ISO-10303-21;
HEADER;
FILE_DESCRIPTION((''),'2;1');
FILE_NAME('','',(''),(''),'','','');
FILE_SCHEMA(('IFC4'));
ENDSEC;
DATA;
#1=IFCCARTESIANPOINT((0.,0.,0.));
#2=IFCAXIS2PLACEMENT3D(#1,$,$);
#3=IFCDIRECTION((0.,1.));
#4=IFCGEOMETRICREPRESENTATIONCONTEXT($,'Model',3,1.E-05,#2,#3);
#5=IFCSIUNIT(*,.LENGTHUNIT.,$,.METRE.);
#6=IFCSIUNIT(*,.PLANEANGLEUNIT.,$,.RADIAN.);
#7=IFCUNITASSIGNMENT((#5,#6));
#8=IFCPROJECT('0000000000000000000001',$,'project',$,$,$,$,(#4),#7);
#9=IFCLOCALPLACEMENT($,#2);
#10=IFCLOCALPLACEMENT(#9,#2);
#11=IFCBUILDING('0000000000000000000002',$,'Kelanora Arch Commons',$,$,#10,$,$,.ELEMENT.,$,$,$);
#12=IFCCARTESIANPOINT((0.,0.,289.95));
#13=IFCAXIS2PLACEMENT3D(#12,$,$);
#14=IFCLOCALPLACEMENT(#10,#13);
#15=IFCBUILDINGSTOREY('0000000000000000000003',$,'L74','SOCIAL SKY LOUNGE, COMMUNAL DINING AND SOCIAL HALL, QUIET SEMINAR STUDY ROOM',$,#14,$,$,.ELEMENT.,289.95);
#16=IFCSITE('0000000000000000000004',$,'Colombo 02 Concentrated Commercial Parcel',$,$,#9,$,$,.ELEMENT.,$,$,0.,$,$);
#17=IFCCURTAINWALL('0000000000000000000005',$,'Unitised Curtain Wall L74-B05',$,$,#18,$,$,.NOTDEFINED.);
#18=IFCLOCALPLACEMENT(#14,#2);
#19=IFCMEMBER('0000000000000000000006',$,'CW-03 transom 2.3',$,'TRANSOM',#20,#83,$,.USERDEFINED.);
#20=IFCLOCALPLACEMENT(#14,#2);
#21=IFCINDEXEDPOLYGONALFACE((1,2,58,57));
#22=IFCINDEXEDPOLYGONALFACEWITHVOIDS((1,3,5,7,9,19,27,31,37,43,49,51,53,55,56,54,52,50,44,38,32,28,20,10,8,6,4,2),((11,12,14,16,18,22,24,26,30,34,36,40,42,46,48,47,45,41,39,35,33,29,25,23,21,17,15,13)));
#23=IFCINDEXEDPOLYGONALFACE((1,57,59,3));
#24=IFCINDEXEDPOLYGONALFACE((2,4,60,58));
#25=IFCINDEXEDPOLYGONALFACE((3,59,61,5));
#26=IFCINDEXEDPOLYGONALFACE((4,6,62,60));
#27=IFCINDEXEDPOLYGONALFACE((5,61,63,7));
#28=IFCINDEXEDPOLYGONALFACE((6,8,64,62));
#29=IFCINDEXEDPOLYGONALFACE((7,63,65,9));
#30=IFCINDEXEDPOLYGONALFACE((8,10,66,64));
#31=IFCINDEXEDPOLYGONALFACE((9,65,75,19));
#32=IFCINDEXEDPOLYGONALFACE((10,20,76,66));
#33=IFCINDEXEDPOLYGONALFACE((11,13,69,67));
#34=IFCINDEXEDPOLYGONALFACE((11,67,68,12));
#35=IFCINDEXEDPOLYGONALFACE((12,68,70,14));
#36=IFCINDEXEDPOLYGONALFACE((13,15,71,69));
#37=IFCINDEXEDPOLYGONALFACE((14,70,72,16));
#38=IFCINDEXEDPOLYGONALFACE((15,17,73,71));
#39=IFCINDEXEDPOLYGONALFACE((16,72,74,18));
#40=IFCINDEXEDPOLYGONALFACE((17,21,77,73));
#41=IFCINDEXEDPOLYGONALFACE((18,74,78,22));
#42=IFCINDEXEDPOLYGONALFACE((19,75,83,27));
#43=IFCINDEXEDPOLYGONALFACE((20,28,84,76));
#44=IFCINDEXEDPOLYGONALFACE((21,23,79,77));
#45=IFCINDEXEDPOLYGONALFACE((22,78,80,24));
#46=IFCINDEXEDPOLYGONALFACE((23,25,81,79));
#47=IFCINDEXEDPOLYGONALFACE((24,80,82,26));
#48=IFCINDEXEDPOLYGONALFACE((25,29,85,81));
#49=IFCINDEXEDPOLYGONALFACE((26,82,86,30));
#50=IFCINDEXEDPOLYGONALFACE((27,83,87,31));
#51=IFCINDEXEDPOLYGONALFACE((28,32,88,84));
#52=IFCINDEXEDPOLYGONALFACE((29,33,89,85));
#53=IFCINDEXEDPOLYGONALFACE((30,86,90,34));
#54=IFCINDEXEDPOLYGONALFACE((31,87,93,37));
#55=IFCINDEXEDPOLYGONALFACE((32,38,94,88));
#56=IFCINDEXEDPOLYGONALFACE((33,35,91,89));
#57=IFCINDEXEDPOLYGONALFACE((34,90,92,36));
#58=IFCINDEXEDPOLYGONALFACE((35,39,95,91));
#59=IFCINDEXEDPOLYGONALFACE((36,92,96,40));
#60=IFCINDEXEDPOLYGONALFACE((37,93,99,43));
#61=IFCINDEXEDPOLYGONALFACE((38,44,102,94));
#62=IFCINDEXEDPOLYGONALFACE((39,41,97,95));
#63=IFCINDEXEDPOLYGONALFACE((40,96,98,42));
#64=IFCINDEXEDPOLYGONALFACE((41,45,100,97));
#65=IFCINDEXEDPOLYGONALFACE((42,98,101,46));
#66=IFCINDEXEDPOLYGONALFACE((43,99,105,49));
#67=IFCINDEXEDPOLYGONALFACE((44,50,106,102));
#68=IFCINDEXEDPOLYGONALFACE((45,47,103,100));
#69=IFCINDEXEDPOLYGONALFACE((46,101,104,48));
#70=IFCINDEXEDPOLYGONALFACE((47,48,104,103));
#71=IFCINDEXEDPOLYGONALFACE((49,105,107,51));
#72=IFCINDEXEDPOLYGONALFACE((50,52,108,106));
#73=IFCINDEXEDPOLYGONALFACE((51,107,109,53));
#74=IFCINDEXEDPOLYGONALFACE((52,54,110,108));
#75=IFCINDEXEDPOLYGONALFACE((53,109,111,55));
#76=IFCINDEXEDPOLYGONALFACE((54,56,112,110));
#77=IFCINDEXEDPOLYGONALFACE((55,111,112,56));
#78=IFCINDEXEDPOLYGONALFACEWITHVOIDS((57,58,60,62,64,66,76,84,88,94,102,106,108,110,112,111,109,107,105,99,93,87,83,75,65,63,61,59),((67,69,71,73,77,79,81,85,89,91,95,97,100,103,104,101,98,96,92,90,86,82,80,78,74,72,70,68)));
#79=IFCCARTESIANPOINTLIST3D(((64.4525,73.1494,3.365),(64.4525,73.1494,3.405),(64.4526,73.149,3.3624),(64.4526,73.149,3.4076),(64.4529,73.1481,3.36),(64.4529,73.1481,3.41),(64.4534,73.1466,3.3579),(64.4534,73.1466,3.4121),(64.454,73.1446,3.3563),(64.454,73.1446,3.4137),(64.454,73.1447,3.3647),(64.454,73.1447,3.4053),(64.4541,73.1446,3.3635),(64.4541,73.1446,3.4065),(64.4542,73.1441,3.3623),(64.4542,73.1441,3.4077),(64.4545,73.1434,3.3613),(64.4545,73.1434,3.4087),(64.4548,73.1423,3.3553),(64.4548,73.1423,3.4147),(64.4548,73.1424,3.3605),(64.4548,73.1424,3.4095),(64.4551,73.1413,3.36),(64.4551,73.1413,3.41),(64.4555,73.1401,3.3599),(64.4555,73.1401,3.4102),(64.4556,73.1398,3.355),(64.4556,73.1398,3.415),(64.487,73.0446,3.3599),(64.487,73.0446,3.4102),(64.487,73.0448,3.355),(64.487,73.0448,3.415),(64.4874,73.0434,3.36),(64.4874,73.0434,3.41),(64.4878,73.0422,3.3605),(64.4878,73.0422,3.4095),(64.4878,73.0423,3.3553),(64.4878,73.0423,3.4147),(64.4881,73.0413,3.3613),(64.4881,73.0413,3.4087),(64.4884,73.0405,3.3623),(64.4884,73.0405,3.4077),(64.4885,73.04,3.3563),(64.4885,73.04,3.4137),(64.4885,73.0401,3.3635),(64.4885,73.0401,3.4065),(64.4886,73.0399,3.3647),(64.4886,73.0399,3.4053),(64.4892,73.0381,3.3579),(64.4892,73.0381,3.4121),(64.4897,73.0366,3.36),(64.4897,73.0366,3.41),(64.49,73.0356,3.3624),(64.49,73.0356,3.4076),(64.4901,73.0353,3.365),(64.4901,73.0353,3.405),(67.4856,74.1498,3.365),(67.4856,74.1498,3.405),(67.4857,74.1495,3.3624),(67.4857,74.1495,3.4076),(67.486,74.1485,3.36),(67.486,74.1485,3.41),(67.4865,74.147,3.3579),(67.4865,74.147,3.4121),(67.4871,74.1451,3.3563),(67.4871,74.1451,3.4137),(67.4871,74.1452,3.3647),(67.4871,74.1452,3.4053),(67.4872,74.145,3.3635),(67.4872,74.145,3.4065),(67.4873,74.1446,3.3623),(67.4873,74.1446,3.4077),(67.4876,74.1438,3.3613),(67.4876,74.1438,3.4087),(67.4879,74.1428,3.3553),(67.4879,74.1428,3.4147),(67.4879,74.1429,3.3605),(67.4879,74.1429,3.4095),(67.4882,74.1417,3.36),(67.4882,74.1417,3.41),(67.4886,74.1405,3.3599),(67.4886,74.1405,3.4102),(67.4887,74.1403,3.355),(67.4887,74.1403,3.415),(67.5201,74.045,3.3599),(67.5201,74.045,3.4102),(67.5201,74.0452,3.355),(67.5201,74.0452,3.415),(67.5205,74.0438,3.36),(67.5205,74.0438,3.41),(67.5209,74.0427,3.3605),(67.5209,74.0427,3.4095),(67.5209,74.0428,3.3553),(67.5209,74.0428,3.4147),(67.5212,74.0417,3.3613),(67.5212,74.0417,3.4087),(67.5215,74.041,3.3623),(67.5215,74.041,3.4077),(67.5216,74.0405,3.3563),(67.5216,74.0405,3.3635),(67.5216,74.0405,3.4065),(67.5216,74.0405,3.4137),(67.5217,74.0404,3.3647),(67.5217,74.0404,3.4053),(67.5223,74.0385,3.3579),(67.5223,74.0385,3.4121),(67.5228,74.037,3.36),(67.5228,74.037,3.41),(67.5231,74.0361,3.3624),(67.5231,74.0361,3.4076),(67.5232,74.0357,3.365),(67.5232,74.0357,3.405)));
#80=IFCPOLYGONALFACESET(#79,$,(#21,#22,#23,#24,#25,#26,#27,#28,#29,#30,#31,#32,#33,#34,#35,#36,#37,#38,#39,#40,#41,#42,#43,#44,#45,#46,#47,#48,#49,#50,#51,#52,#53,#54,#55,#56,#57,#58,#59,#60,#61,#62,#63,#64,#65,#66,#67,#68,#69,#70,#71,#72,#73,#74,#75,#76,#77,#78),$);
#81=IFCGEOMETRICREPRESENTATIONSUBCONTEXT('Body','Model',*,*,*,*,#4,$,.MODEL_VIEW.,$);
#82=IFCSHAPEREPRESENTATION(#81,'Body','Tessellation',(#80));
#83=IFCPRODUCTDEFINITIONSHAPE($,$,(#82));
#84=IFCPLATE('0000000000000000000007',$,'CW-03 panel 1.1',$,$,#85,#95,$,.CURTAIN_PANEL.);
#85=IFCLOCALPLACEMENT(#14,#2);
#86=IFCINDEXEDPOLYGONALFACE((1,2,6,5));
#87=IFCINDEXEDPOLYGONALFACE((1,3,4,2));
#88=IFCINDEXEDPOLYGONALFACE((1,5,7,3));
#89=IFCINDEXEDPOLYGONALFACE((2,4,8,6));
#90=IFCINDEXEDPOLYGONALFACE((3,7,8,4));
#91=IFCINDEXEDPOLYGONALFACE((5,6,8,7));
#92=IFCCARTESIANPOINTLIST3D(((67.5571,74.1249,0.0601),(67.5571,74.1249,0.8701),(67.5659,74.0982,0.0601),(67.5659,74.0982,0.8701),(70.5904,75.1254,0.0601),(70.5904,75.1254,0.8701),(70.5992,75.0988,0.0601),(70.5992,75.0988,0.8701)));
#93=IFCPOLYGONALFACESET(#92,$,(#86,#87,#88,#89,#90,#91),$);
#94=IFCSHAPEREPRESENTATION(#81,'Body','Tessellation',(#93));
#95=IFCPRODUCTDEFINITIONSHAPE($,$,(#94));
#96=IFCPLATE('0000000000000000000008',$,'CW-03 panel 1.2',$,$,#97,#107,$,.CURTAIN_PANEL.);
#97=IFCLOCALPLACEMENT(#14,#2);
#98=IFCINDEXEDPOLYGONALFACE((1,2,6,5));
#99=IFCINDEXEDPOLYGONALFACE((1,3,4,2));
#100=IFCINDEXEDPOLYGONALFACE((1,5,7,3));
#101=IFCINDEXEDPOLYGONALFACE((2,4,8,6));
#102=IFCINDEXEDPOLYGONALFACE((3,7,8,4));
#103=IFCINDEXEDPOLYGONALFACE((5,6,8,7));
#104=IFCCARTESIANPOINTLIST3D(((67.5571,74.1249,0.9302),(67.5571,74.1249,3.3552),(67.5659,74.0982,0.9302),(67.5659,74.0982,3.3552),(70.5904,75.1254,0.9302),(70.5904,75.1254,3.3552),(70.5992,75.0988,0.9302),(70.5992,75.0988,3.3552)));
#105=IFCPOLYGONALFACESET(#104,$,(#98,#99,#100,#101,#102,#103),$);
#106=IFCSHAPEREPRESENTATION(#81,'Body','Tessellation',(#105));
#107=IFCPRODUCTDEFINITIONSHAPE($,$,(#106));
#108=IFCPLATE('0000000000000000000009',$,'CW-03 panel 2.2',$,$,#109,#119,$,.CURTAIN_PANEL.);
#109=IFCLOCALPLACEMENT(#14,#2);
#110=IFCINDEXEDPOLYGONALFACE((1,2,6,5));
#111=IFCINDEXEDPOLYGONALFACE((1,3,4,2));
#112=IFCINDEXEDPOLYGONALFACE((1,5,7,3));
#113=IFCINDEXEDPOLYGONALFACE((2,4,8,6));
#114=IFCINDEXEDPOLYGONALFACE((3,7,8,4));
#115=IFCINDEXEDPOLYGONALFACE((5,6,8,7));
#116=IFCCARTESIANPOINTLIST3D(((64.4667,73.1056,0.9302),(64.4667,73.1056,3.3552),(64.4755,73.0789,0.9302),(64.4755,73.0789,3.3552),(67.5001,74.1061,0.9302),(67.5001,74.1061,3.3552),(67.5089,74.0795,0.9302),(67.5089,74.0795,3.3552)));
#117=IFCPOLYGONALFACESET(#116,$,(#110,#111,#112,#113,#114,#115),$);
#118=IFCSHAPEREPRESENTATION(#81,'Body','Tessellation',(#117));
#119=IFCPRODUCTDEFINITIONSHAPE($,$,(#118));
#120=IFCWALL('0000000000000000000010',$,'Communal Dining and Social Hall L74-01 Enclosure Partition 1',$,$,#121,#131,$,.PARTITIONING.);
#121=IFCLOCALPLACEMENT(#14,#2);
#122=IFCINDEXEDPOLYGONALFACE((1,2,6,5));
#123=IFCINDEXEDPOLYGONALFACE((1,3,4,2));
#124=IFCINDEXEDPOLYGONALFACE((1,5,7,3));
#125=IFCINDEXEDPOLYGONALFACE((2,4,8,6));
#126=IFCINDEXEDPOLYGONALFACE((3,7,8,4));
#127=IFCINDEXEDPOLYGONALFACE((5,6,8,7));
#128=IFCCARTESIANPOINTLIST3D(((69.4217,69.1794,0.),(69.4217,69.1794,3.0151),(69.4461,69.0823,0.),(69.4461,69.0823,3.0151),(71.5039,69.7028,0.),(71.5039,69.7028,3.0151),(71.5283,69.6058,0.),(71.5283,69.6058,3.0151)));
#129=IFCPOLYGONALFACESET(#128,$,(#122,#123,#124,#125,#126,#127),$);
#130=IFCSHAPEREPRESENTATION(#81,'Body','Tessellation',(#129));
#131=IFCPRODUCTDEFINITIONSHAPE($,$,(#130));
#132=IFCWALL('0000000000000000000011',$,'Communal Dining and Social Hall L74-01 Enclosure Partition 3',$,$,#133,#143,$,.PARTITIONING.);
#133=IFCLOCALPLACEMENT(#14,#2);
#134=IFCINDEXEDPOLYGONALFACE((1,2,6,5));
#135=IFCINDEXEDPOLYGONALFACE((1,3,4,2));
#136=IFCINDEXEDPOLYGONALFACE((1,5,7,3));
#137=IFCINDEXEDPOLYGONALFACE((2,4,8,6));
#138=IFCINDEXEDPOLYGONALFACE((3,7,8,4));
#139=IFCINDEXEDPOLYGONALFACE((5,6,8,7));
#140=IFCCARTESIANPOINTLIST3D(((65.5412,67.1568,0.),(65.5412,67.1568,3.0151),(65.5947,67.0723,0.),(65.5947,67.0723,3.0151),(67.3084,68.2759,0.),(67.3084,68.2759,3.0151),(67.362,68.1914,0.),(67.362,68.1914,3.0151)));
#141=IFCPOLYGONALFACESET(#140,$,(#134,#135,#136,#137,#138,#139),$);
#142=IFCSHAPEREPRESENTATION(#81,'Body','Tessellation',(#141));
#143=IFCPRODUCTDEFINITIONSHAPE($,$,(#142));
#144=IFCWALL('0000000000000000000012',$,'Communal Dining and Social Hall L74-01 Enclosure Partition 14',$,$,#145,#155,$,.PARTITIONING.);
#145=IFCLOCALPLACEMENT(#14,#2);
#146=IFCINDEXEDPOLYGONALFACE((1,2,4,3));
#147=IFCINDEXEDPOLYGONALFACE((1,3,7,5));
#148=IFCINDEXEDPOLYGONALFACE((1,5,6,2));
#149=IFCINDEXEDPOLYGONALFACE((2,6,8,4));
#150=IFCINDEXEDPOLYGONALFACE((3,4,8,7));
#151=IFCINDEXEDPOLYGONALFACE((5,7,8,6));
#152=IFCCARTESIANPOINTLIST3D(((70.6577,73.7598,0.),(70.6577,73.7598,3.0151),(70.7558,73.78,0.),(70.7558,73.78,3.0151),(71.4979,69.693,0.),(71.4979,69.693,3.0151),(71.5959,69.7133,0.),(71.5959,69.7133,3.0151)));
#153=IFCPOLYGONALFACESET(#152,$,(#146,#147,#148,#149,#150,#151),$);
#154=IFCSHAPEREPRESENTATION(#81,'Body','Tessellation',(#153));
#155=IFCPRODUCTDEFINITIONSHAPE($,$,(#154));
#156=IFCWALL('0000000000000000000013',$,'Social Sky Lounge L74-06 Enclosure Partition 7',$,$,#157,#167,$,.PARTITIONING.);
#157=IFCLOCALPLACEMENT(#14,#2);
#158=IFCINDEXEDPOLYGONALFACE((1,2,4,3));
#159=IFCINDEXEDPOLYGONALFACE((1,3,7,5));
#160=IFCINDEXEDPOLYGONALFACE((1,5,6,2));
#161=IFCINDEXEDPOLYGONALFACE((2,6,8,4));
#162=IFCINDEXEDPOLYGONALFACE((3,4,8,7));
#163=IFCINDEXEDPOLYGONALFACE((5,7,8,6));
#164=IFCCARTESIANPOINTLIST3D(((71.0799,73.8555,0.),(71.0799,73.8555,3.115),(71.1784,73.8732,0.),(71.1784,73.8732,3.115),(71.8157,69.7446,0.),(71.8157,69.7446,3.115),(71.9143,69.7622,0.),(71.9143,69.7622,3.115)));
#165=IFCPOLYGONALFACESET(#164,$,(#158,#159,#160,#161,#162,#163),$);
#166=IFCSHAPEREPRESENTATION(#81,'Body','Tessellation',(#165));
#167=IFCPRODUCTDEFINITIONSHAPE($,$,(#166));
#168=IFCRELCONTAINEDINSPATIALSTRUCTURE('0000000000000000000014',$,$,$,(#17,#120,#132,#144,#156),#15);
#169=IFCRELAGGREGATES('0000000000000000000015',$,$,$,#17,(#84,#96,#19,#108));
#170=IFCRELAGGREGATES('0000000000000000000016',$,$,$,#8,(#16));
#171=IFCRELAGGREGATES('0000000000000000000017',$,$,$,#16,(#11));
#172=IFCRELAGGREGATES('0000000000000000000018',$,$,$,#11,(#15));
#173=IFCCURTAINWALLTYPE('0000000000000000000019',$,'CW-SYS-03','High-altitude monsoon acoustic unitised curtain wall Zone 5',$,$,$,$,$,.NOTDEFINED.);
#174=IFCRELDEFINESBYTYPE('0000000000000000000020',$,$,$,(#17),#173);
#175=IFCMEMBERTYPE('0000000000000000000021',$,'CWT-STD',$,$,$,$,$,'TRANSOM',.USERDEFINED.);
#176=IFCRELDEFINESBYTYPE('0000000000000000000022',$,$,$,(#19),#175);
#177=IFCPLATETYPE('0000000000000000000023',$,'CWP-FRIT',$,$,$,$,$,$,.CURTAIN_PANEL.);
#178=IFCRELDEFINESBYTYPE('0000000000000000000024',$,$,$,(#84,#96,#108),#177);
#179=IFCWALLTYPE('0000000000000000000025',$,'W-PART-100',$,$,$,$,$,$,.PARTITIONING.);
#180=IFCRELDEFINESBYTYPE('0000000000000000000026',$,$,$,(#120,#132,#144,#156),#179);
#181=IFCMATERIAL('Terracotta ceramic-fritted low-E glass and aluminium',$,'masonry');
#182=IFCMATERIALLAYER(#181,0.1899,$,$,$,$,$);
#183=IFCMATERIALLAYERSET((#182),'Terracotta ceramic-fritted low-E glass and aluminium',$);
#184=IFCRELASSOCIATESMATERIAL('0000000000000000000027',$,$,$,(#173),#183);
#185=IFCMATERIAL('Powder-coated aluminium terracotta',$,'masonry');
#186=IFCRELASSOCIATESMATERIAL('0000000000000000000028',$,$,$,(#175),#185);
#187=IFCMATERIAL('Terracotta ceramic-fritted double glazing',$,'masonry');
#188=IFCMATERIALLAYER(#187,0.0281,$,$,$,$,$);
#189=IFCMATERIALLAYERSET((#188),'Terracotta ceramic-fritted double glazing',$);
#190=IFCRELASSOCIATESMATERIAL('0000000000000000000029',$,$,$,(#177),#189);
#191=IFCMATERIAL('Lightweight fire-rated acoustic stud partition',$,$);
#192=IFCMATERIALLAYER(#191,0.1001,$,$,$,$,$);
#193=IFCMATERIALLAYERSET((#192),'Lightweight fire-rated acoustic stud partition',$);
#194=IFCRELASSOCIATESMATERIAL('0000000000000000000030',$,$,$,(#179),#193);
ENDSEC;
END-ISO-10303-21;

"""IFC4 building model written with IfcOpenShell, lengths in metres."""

from ifc_helpers import new_model, si_unit, direction, frame, frame_2d, origin, origin_2d, place, context, subcontext, project, spatial, rectangle, hollow_rectangle, extrude, source, transform, mapped, material, layer, layer_set, material_profile, profile_set, type_object, element, aggregate, save


model = new_model("IFC4")

# Units and contexts
model_context = context("Model", 3, precision=1e-05, world=origin(), true_north=direction((0.0, 1.0)))
body_context = subcontext(model_context, "Body", "Model", "MODEL_VIEW")
ifc_project = project(units=[si_unit("LENGTHUNIT", "METRE"), si_unit("PLANEANGLEUNIT", "RADIAN")], contexts=[model_context])

# Site, building, storey
site_placement = place(None, origin())
site = spatial("IfcSite", under=ifc_project, at=site_placement, Name="Colombo 02 Concentrated Commercial Parcel", CompositionType="ELEMENT", RefElevation=0.0)
building_placement = place(site_placement, origin())
building = spatial("IfcBuilding", under=site, at=building_placement, Name="Kelanora Arch Commons", CompositionType="ELEMENT")
storey_placement = place(building_placement, frame((0.0, 0.0, 289.95)))
storey = spatial("IfcBuildingStorey", under=building, at=storey_placement, Name="L74", Description="SOCIAL SKY LOUNGE, COMMUNAL DINING AND SOCIAL HALL, QUIET SEMINAR STUDY ROOM", CompositionType="ELEMENT", Elevation=289.95)

# Curtain wall, member, plates
ifc_material_1 = material(Name="Terracotta ceramic-fritted low-E glass and aluminium", Category="masonry")
ifc_layer_1 = layer(ifc_material_1, 0.1899)
ifc_layer_set_1 = layer_set([ifc_layer_1], Name="Terracotta ceramic-fritted low-E glass and aluminium")
curtain_wall_type = type_object("IfcCurtainWallType", Name="CW-SYS-03", Description="High-altitude monsoon acoustic unitised curtain wall Zone 5", PredefinedType="NOTDEFINED", material=ifc_layer_set_1)
curtain_wall_placement = place(storey_placement, origin())
curtain_wall = element("IfcCurtainWall", 1, at=curtain_wall_placement, inside=storey, type_object=curtain_wall_type, Name="Unitised Curtain Wall L74-B05", PredefinedType="NOTDEFINED")
ifc_material_2 = material(Name="Powder-coated aluminium terracotta", Category="masonry")
ifc_material_profile_1 = material_profile(ifc_material_2, hollow_rectangle(XDim=0.1201, YDim=0.0601, WallThickness=0.0049, InnerFilletRadius=0.0049, OuterFilletRadius=0.01, at=origin_2d()), Name="CWT120x60")
ifc_profile_set_1 = profile_set([ifc_material_profile_1], Name="Powder-coated aluminium terracotta")
member_type_1 = type_object("IfcMemberType", Name="CWT-STD", ElementType="TRANSOM", PredefinedType="USERDEFINED", material=ifc_profile_set_1)
member_1_placement = place(storey_placement, frame((67.5044, 74.0928, 3.385), z_axis=(-0.949672, -0.313245, 0.0), x_axis=(0.313245, -0.949672, 0.0)))
member_1 = element("IfcMember", 2, at=member_1_placement, type_object=member_type_1, Name="CW-03 transom 2.3", ObjectType="TRANSOM", PredefinedType="USERDEFINED", context=body_context, shape_type="SweptSolid", body=[
    extrude(hollow_rectangle(XDim=0.1201, YDim=0.0601, WallThickness=0.0049, InnerFilletRadius=0.0049, OuterFilletRadius=0.01, at=origin_2d()), origin(), (0.0, 0.0, 1.0), 3.1938),
])
ifc_material_3 = material(Name="Terracotta ceramic-fritted double glazing", Category="masonry")
ifc_layer_2 = layer(ifc_material_3, 0.0281)
ifc_layer_set_2 = layer_set([ifc_layer_2], Name="Terracotta ceramic-fritted double glazing")
plate_type = type_object("IfcPlateType", Name="CWP-FRIT", PredefinedType="CURTAIN_PANEL", material=ifc_layer_set_2)
shared_shape_1 = source(origin(), body_context, "Body", "SweptSolid", [
    extrude(rectangle(XDim=3.1941, YDim=0.0281, at=origin_2d()), origin(), (0.0, 0.0, 1.0), 0.8101),
])
plate_1_placement = place(storey_placement, frame((69.0781, 74.6118, 0.0601), z_axis=(0.0, 0.0, 1.0), x_axis=(-0.94967, -0.313253, 0.0)))
plate_1 = element("IfcPlate", 3, at=plate_1_placement, type_object=plate_type, Name="CW-03 panel 1.1", PredefinedType="CURTAIN_PANEL", context=body_context, shape_type="MappedRepresentation", body=[
    mapped(shared_shape_1, transform((0.0, 0.0, 0.0), scale=1.0)),
])
shared_shape_2 = source(origin(), body_context, "Body", "SweptSolid", [
    extrude(rectangle(XDim=3.1941, YDim=0.0281, at=origin_2d()), origin(), (0.0, 0.0, 1.0), 2.425),
])
plate_2_placement = place(storey_placement, frame((69.0781, 74.6118, 0.9302), z_axis=(0.0, 0.0, 1.0), x_axis=(-0.94967, -0.313253, 0.0)))
plate_2 = element("IfcPlate", 4, at=plate_2_placement, type_object=plate_type, Name="CW-03 panel 1.2", PredefinedType="CURTAIN_PANEL", context=body_context, shape_type="MappedRepresentation", body=[
    mapped(shared_shape_2, transform((0.0, 0.0, 0.0), scale=1.0)),
])
plate_3_placement = place(storey_placement, frame((65.9878, 73.5925, 0.9302), z_axis=(0.0, 0.0, 1.0), x_axis=(-0.94967, -0.313253, 0.0)))
plate_3 = element("IfcPlate", 5, at=plate_3_placement, type_object=plate_type, Name="CW-03 panel 2.2", PredefinedType="CURTAIN_PANEL", context=body_context, shape_type="MappedRepresentation", body=[
    mapped(shared_shape_2, transform((0.0, 0.0, 0.0), scale=1.0)),
])
aggregate(curtain_wall, [plate_1, plate_2, member_1, plate_3])

# Walls
ifc_material_4 = material(Name="Lightweight fire-rated acoustic stud partition")
ifc_layer_3 = layer(ifc_material_4, 0.1001)
ifc_layer_set_3 = layer_set([ifc_layer_3], Name="Lightweight fire-rated acoustic stud partition")
wall_type_1 = type_object("IfcWallType", Name="W-PART-100", PredefinedType="PARTITIONING", material=ifc_layer_set_3)
wall_1_placement = place(storey_placement, frame((71.5161, 69.6543, 0.0), z_axis=(0.0, 0.0, 1.0), x_axis=(-0.969827, -0.243793, 0.0)))
element("IfcWall", 6, at=wall_1_placement, inside=storey, type_object=wall_type_1, Name="Communal Dining and Social Hall L74-01 Enclosure Partition 1", PredefinedType="PARTITIONING", context=body_context, shape_type="SweptSolid", body=[
    extrude(rectangle(XDim=2.147, YDim=0.1001, at=frame_2d((1.0735, 0.0))), origin(), (0.0, 0.0, 1.0), 3.0151),
])
wall_2_placement = place(storey_placement, frame((67.3352, 68.2336, 0.0), z_axis=(0.0, 0.0, 1.0), x_axis=(-0.844856, -0.534994, 0.0)))
element("IfcWall", 7, at=wall_2_placement, inside=storey, type_object=wall_type_1, Name="Communal Dining and Social Hall L74-01 Enclosure Partition 3", PredefinedType="PARTITIONING", context=body_context, shape_type="SweptSolid", body=[
    extrude(rectangle(XDim=2.0918, YDim=0.1001, at=frame_2d((1.0459, 0.0))), origin(), (0.0, 0.0, 1.0), 3.0151),
])
wall_3_placement = place(storey_placement, frame((70.7068, 73.7698, 0.0), z_axis=(0.0, 0.0, 1.0), x_axis=(0.202308, -0.979322, 0.0)))
element("IfcWall", 8, at=wall_3_placement, inside=storey, type_object=wall_type_1, Name="Communal Dining and Social Hall L74-01 Enclosure Partition 14", PredefinedType="PARTITIONING", context=body_context, shape_type="SweptSolid", body=[
    extrude(rectangle(XDim=4.1526, YDim=0.1001, at=frame_2d((2.0762, 0.0))), origin(), (0.0, 0.0, 1.0), 3.0151),
])
wall_4_placement = place(storey_placement, frame((71.865, 69.7534, 0.0), z_axis=(0.0, 0.0, 1.0), x_axis=(-0.176199, 0.984355, 0.0)))
element("IfcWall", 9, at=wall_4_placement, inside=storey, type_object=wall_type_1, Name="Social Sky Lounge L74-06 Enclosure Partition 7", PredefinedType="PARTITIONING", context=body_context, shape_type="SweptSolid", body=[
    extrude(rectangle(XDim=4.1763, YDim=0.1001, at=frame_2d((2.0881, 0.0))), origin(), (0.0, 0.0, 1.0), 3.115),
])

save(model, "model.ifc")
